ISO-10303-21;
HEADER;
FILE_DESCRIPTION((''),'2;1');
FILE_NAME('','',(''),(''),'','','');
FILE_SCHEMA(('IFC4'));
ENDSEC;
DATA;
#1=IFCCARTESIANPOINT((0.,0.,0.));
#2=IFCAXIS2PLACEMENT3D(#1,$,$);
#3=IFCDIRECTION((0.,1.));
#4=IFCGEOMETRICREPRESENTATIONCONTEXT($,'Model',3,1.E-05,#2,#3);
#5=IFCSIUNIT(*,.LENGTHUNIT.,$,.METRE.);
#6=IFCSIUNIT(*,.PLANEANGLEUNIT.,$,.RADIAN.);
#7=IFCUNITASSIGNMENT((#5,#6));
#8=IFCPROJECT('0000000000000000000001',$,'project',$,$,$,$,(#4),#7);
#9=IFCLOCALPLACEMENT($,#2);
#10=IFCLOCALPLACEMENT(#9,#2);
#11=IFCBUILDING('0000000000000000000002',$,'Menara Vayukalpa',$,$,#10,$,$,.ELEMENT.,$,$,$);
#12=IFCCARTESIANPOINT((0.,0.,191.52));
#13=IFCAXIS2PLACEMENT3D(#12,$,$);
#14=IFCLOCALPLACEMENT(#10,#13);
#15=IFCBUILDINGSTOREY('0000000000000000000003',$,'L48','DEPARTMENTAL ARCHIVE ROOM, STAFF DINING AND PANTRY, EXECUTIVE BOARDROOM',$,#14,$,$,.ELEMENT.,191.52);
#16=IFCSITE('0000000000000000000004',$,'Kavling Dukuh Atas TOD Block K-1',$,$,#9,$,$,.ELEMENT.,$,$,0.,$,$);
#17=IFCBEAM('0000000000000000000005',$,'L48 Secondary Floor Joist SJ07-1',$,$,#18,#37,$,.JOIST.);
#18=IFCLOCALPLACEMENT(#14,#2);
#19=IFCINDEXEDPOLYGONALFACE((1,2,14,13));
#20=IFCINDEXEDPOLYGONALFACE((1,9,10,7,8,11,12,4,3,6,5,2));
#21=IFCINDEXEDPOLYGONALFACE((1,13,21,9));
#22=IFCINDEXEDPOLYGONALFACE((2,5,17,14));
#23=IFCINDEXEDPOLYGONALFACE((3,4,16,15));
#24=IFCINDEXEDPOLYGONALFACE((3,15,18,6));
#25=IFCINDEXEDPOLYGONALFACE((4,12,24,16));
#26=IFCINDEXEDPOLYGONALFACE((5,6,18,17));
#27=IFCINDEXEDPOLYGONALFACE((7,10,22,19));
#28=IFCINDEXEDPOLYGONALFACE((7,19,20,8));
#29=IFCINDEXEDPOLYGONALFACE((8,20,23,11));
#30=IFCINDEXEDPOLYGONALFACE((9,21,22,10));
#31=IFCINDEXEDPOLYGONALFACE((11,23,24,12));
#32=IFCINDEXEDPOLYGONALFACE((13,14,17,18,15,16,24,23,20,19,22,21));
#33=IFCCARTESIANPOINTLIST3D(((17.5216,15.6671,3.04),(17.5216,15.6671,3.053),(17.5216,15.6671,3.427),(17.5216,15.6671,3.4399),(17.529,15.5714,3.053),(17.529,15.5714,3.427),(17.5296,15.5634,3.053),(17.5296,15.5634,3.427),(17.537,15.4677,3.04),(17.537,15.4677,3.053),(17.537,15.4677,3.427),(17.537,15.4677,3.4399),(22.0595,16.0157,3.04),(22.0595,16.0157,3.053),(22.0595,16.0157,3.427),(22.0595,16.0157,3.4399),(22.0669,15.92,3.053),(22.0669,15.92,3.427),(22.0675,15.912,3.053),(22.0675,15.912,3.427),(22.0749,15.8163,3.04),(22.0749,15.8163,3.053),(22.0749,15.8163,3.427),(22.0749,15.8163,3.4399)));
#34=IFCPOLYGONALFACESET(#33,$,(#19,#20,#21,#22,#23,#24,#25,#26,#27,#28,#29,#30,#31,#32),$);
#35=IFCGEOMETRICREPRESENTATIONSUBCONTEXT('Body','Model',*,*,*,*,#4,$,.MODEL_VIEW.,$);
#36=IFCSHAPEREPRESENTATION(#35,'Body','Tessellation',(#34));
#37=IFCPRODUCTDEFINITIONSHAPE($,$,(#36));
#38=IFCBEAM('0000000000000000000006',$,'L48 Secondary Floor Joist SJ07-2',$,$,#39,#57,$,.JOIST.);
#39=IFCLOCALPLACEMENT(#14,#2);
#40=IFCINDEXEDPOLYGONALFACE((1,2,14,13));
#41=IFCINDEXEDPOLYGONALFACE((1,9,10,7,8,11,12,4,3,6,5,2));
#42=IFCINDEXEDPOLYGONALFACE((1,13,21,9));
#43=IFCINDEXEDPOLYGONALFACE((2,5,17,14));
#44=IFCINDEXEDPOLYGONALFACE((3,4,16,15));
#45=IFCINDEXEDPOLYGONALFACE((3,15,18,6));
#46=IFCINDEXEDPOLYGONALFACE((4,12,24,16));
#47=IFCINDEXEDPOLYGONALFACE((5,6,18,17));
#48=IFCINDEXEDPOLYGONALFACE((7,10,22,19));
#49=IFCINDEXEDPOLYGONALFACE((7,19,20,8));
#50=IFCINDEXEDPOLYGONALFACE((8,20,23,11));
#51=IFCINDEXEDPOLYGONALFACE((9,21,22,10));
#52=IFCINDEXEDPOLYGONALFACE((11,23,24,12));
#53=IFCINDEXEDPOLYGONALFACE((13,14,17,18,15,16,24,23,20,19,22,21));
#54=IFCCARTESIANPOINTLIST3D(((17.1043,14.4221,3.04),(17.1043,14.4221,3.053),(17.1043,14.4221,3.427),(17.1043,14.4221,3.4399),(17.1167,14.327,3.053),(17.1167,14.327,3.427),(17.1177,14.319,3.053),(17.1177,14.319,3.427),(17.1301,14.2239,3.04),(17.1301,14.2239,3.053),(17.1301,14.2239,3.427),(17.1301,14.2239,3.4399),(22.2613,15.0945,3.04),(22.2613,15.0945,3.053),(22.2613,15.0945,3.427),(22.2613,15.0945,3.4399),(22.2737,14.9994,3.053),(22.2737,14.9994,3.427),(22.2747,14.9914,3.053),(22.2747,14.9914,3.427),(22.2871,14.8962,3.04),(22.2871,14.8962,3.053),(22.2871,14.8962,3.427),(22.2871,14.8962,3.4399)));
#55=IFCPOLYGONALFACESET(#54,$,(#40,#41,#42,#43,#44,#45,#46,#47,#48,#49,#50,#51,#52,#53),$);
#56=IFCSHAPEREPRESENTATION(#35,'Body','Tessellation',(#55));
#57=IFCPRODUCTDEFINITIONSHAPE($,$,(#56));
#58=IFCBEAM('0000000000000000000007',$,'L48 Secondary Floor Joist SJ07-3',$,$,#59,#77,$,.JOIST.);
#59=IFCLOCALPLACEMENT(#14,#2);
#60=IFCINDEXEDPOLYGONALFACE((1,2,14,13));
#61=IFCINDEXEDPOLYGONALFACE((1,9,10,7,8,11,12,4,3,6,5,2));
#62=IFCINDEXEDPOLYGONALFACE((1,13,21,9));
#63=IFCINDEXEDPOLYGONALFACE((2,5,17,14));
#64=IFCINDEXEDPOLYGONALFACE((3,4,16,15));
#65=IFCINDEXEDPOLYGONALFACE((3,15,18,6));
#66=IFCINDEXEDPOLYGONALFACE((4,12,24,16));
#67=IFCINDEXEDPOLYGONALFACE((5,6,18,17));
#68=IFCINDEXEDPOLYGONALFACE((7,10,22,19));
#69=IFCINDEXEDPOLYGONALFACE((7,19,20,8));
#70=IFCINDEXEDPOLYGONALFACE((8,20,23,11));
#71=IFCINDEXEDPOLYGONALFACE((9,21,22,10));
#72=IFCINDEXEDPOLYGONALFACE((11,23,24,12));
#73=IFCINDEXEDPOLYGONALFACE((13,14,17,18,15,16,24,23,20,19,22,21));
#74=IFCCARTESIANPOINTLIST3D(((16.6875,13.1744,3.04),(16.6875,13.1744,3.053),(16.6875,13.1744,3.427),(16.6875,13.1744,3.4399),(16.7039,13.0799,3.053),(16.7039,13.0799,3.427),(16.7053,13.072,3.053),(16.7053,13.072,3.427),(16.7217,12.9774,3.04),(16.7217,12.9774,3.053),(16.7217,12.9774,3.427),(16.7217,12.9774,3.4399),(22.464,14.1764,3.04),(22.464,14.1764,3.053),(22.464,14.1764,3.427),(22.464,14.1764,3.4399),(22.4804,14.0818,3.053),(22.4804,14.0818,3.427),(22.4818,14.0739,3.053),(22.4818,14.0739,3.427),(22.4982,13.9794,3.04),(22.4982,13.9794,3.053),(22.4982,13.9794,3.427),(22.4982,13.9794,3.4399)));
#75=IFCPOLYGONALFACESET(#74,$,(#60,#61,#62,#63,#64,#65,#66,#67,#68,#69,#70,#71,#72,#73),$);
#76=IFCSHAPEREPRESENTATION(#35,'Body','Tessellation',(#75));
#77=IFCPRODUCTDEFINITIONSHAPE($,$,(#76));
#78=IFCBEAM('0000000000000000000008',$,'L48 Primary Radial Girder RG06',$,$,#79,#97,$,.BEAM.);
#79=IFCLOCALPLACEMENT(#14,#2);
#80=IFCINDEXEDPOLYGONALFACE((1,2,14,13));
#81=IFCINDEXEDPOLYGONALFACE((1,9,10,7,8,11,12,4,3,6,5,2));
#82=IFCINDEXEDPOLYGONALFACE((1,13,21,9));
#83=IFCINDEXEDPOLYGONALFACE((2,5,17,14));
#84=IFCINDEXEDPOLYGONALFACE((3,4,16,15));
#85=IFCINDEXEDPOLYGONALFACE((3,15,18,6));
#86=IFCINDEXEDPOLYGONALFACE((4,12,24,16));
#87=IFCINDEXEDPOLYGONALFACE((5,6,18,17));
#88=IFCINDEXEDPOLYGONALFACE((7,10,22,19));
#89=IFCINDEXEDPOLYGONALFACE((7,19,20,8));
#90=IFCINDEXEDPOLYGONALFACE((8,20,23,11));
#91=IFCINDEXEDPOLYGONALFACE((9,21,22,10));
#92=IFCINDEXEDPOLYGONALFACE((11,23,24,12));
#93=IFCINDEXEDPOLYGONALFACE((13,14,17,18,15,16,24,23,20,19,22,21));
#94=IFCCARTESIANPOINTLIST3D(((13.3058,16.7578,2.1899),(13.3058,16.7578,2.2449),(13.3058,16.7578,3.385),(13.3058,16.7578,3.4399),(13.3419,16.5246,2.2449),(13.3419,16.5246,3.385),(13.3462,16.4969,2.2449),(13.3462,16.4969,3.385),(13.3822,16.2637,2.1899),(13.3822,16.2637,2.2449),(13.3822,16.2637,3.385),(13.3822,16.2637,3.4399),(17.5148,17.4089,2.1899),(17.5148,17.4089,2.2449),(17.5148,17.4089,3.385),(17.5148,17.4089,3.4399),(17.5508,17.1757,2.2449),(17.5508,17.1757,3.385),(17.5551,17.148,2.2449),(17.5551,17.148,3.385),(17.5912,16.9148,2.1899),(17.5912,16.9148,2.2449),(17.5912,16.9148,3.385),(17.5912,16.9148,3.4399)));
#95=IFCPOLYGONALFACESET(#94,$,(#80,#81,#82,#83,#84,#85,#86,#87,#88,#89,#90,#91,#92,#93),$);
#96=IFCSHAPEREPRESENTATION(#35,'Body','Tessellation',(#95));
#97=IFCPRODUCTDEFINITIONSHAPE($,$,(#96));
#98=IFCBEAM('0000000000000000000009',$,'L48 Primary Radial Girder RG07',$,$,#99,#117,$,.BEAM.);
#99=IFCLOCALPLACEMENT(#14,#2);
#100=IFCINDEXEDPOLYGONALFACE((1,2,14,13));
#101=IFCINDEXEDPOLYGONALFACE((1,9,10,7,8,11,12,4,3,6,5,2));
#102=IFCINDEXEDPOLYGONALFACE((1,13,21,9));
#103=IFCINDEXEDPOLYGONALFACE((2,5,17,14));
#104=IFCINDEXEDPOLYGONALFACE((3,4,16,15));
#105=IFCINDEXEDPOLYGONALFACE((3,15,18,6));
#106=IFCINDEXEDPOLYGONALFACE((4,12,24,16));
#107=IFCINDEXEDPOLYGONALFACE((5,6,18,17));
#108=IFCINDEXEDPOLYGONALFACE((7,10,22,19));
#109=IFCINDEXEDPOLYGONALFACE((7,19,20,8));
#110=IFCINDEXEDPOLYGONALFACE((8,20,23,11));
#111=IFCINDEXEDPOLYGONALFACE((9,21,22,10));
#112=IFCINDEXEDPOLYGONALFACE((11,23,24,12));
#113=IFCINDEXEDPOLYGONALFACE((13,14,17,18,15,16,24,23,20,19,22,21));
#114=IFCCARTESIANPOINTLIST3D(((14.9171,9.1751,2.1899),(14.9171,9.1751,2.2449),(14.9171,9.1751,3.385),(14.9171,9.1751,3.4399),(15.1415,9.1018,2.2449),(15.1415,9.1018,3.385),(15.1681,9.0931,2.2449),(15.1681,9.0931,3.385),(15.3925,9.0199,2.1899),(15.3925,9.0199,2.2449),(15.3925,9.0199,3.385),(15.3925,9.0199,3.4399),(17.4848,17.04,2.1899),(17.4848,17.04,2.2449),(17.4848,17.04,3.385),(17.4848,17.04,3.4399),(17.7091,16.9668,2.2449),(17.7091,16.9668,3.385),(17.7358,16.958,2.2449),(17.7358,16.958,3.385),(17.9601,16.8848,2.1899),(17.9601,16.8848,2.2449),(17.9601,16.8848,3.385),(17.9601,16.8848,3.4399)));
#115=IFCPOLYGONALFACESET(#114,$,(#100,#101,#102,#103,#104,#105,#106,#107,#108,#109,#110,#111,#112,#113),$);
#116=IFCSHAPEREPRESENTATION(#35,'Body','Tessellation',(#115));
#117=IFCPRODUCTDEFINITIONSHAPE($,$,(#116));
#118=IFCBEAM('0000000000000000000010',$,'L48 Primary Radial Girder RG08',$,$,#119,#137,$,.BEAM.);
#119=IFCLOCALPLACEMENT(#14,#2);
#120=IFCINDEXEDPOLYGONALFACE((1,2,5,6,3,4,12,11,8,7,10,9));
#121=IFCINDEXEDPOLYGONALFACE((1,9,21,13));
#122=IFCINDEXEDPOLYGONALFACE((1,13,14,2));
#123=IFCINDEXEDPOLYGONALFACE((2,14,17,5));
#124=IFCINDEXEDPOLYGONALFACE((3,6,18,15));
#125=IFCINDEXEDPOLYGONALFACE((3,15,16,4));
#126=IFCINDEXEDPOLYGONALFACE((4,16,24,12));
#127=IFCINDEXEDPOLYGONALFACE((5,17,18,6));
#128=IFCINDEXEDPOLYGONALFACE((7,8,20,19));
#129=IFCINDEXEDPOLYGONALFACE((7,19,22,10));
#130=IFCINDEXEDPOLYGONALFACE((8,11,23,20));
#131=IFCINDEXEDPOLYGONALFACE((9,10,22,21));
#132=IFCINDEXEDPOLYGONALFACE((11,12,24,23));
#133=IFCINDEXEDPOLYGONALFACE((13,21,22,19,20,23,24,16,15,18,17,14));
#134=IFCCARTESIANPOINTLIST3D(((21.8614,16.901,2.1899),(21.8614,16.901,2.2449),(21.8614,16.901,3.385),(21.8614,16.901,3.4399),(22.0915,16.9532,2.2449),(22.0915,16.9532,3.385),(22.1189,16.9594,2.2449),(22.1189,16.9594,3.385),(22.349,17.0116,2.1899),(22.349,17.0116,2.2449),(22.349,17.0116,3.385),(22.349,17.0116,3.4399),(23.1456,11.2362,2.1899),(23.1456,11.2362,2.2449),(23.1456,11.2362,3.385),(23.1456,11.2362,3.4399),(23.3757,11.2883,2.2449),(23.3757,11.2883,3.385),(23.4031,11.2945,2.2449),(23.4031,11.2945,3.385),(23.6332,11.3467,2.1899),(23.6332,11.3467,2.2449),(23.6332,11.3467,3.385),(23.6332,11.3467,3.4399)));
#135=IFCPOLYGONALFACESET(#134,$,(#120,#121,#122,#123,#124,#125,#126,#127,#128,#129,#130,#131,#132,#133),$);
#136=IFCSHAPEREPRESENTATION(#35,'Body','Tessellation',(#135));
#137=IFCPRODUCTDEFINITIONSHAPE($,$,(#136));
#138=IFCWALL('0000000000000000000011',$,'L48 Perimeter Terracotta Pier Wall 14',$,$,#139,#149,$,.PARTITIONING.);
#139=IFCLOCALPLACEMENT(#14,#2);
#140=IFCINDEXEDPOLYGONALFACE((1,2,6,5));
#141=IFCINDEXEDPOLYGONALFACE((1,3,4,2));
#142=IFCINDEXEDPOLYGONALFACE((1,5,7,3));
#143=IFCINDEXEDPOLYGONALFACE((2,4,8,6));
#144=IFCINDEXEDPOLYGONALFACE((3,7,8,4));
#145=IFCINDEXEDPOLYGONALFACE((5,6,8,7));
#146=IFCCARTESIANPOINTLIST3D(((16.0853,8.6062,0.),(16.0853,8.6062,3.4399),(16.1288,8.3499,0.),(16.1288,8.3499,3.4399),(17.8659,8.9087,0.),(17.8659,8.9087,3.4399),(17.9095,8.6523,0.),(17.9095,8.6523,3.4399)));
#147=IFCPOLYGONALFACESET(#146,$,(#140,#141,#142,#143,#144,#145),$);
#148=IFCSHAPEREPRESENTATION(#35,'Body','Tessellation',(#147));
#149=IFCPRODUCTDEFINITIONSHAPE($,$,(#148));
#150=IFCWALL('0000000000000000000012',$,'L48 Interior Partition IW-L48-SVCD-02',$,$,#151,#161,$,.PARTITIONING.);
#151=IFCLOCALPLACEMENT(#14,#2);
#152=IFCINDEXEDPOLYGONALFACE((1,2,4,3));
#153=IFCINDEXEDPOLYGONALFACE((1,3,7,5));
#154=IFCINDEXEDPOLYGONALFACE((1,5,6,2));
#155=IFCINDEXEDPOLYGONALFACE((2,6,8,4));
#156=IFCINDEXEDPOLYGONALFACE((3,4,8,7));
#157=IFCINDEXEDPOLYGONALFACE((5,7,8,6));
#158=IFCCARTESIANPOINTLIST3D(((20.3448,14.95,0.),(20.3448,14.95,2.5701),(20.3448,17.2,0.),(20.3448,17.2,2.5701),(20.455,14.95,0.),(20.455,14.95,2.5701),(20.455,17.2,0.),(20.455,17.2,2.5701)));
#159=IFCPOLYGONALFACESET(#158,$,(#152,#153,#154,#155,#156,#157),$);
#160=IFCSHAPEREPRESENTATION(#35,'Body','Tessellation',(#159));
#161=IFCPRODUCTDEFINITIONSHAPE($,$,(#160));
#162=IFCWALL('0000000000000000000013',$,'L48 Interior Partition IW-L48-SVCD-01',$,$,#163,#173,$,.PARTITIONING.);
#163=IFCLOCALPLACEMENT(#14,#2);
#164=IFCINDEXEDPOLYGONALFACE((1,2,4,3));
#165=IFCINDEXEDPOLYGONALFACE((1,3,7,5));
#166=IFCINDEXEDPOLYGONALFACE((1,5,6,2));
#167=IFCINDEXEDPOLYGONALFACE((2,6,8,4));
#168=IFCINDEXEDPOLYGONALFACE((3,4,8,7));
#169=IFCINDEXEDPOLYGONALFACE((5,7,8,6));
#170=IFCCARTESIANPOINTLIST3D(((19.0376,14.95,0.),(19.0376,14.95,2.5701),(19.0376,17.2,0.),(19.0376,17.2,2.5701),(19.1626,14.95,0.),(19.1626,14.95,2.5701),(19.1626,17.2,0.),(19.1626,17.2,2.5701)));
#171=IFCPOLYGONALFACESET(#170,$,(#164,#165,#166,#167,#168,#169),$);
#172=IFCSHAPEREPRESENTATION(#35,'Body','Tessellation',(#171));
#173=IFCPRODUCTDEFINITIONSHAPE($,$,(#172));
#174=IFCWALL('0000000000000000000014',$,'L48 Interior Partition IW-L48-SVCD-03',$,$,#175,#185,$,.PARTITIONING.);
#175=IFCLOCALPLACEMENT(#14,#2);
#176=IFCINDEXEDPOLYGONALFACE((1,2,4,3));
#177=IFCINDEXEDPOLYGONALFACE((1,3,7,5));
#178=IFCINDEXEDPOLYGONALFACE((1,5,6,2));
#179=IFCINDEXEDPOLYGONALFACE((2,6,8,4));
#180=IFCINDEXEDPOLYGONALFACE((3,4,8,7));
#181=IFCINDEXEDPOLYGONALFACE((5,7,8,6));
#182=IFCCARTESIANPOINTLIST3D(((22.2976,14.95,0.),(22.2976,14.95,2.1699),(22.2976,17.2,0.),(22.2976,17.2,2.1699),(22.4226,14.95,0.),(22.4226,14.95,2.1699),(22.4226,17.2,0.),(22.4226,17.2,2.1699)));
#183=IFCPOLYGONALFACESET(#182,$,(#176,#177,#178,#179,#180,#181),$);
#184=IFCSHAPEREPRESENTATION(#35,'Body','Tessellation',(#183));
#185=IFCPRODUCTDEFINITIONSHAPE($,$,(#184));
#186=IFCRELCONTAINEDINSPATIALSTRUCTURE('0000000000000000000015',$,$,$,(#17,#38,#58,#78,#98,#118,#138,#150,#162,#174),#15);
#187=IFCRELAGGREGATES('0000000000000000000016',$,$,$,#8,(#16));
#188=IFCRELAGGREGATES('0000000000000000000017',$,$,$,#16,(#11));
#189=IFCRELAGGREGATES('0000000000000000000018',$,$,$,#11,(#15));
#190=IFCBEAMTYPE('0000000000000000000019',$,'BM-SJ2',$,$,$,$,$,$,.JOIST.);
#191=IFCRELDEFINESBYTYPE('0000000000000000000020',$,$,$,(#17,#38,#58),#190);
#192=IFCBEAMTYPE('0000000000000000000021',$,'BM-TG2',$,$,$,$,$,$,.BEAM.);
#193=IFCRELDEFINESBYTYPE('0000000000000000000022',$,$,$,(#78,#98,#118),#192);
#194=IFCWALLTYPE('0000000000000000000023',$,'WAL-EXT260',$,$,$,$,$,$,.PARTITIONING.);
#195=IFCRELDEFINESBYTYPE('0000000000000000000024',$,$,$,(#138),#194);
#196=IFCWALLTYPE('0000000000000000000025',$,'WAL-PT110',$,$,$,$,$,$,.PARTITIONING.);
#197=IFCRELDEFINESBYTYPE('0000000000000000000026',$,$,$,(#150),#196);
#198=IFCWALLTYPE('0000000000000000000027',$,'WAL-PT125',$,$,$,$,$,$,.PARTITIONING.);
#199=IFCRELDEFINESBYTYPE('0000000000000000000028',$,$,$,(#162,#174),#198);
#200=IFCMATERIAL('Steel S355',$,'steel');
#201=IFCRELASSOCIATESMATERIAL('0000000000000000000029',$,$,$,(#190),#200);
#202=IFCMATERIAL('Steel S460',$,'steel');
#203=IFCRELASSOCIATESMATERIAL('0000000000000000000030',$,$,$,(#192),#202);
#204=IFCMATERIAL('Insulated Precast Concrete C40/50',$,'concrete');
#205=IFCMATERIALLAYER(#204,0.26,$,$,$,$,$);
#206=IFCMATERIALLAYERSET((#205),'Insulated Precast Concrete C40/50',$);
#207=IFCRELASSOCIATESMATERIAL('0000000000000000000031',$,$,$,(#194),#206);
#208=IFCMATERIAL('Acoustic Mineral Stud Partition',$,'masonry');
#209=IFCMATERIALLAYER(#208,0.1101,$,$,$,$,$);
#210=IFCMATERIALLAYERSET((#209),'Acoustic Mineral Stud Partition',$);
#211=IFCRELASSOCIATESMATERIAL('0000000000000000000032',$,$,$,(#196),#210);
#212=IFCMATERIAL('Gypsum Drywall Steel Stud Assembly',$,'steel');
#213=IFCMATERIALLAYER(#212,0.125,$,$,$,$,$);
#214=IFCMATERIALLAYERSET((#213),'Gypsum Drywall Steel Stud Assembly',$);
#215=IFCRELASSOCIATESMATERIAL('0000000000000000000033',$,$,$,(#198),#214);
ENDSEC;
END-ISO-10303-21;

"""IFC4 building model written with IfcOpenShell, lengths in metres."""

from ifc_helpers import new_model, si_unit, direction, frame, frame_2d, origin, origin_2d, place, context, subcontext, project, spatial, rectangle, i_section, extrude, material, layer, layer_set, material_profile, profile_set, type_object, element, save


model = new_model("IFC4")

# Units and contexts
model_context = context("Model", 3, precision=1e-05, world=origin(), true_north=direction((0.0, 1.0)))
body_context = subcontext(model_context, "Body", "Model", "MODEL_VIEW")
ifc_project = project(units=[si_unit("LENGTHUNIT", "METRE"), si_unit("PLANEANGLEUNIT", "RADIAN")], contexts=[model_context])

# Site, building, storey
site_placement = place(None, origin())
site = spatial("IfcSite", under=ifc_project, at=site_placement, Name="Kavling Dukuh Atas TOD Block K-1", CompositionType="ELEMENT", RefElevation=0.0)
building_placement = place(site_placement, origin())
building = spatial("IfcBuilding", under=site, at=building_placement, Name="Menara Vayukalpa", CompositionType="ELEMENT")
storey_placement = place(building_placement, frame((0.0, 0.0, 191.52)))
storey = spatial("IfcBuildingStorey", under=building, at=storey_placement, Name="L48", Description="DEPARTMENTAL ARCHIVE ROOM, STAFF DINING AND PANTRY, EXECUTIVE BOARDROOM", CompositionType="ELEMENT", Elevation=191.52)

# Beams
ifc_material_1 = material(Name="Steel S355", Category="steel")
ifc_material_profile_1 = material_profile(ifc_material_1, i_section(OverallWidth=0.2, OverallDepth=0.3999, WebThickness=0.0081, FlangeThickness=0.0129, at=origin_2d()), Name="WF 400x200x8x13")
ifc_profile_set_1 = profile_set([ifc_material_profile_1], Name="Steel S355")
beam_type_1 = type_object("IfcBeamType", Name="BM-SJ2", PredefinedType="JOIST", material=ifc_profile_set_1)
beam_1_placement = place(storey_placement, frame((17.5293, 15.5674, 3.24), z_axis=(0.997062, 0.076602, 0.0), x_axis=(-0.076602, 0.997062, 0.0)))
element("IfcBeam", 1, at=beam_1_placement, inside=storey, type_object=beam_type_1, Name="L48 Secondary Floor Joist SJ07-1", PredefinedType="JOIST", context=body_context, shape_type="SweptSolid", body=[
    extrude(i_section(OverallWidth=0.2, OverallDepth=0.3999, WebThickness=0.0081, FlangeThickness=0.0129, at=origin_2d()), origin(), (0.0, 0.0, 1.0), 4.5513),
])
beam_2_placement = place(storey_placement, frame((17.1172, 14.323, 3.24), z_axis=(0.991607, 0.129285, 0.0), x_axis=(-0.129285, 0.991607, 0.0)))
element("IfcBeam", 2, at=beam_2_placement, inside=storey, type_object=beam_type_1, Name="L48 Secondary Floor Joist SJ07-2", PredefinedType="JOIST", context=body_context, shape_type="SweptSolid", body=[
    extrude(i_section(OverallWidth=0.2, OverallDepth=0.3999, WebThickness=0.0081, FlangeThickness=0.0129, at=origin_2d()), origin(), (0.0, 0.0, 1.0), 5.2007),
])
beam_3_placement = place(storey_placement, frame((16.7046, 13.0759, 3.24), z_axis=(0.985289, 0.170898, 0.0), x_axis=(-0.170898, 0.985289, 0.0)))
element("IfcBeam", 3, at=beam_3_placement, inside=storey, type_object=beam_type_1, Name="L48 Secondary Floor Joist SJ07-3", PredefinedType="JOIST", context=body_context, shape_type="SweptSolid", body=[
    extrude(i_section(OverallWidth=0.2, OverallDepth=0.3999, WebThickness=0.0081, FlangeThickness=0.0129, at=origin_2d()), origin(), (0.0, 0.0, 1.0), 5.8628),
])
ifc_material_2 = material(Name="Steel S460", Category="steel")
ifc_material_profile_2 = material_profile(ifc_material_2, i_section(OverallWidth=0.5, OverallDepth=1.25, WebThickness=0.0281, FlangeThickness=0.0549, at=origin_2d()), Name="WG 1250x500x28x55")
ifc_profile_set_2 = profile_set([ifc_material_profile_2], Name="Steel S460")
beam_type_2 = type_object("IfcBeamType", Name="BM-TG2", PredefinedType="BEAM", material=ifc_profile_set_2)
beam_4_placement = place(storey_placement, frame((17.553, 17.1619, 2.8149), z_axis=(-0.988245, -0.15288, 0.0), x_axis=(0.15288, -0.988245, 0.0)))
element("IfcBeam", 4, at=beam_4_placement, inside=storey, type_object=beam_type_2, Name="L48 Primary Radial Girder RG06", PredefinedType="BEAM", context=body_context, shape_type="SweptSolid", body=[
    extrude(i_section(OverallWidth=0.5, OverallDepth=1.25, WebThickness=0.0281, FlangeThickness=0.0549, at=origin_2d()), origin(), (0.0, 0.0, 1.0), 4.259),
])
beam_5_placement = place(storey_placement, frame((17.7224, 16.9624, 2.8149), z_axis=(-0.310344, -0.950624, 0.0), x_axis=(0.950624, -0.310344, 0.0)))
element("IfcBeam", 5, at=beam_5_placement, inside=storey, type_object=beam_type_2, Name="L48 Primary Radial Girder RG07", PredefinedType="BEAM", context=body_context, shape_type="SweptSolid", body=[
    extrude(i_section(OverallWidth=0.5, OverallDepth=1.25, WebThickness=0.0281, FlangeThickness=0.0549, at=origin_2d()), origin(), (0.0, 0.0, 1.0), 8.2734),
])
beam_6_placement = place(storey_placement, frame((22.1052, 16.9563, 2.8149), z_axis=(0.221085, -0.975255, 0.0), x_axis=(0.975255, 0.221085, 0.0)))
element("IfcBeam", 6, at=beam_6_placement, inside=storey, type_object=beam_type_2, Name="L48 Primary Radial Girder RG08", PredefinedType="BEAM", context=body_context, shape_type="SweptSolid", body=[
    extrude(i_section(OverallWidth=0.5, OverallDepth=1.25, WebThickness=0.0281, FlangeThickness=0.0549, at=origin_2d()), origin(), (0.0, 0.0, 1.0), 5.8086),
])

# Walls
ifc_material_3 = material(Name="Insulated Precast Concrete C40/50", Category="concrete")
ifc_layer_1 = layer(ifc_material_3, 0.26)
ifc_layer_set_1 = layer_set([ifc_layer_1], Name="Insulated Precast Concrete C40/50")
wall_type_1 = type_object("IfcWallType", Name="WAL-EXT260", PredefinedType="PARTITIONING", material=ifc_layer_set_1)
wall_1_placement = place(storey_placement, frame((17.8877, 8.7805, 0.0), z_axis=(0.0, 0.0, 1.0), x_axis=(-0.985878, -0.167467, 0.0)))
element("IfcWall", 7, at=wall_1_placement, inside=storey, type_object=wall_type_1, Name="L48 Perimeter Terracotta Pier Wall 14", PredefinedType="PARTITIONING", context=body_context, shape_type="SweptSolid", body=[
    extrude(rectangle(XDim=1.8062, YDim=0.26, at=frame_2d((0.9031, 0.0))), origin(), (0.0, 0.0, 1.0), 3.4399),
])
ifc_material_4 = material(Name="Acoustic Mineral Stud Partition", Category="masonry")
ifc_layer_2 = layer(ifc_material_4, 0.1101)
ifc_layer_set_2 = layer_set([ifc_layer_2], Name="Acoustic Mineral Stud Partition")
wall_type_2 = type_object("IfcWallType", Name="WAL-PT110", PredefinedType="PARTITIONING", material=ifc_layer_set_2)
wall_2_placement = place(storey_placement, frame((20.3999, 14.95, 0.0), z_axis=(0.0, 0.0, 1.0), x_axis=(0.0, 1.0, 0.0)))
element("IfcWall", 8, at=wall_2_placement, inside=storey, type_object=wall_type_2, Name="L48 Interior Partition IW-L48-SVCD-02", PredefinedType="PARTITIONING", context=body_context, shape_type="SweptSolid", body=[
    extrude(rectangle(XDim=2.25, YDim=0.1101, at=frame_2d((1.125, 0.0))), origin(), (0.0, 0.0, 1.0), 2.5701),
])
ifc_material_5 = material(Name="Gypsum Drywall Steel Stud Assembly", Category="steel")
ifc_layer_3 = layer(ifc_material_5, 0.125)
ifc_layer_set_3 = layer_set([ifc_layer_3], Name="Gypsum Drywall Steel Stud Assembly")
wall_type_3 = type_object("IfcWallType", Name="WAL-PT125", PredefinedType="PARTITIONING", material=ifc_layer_set_3)
wall_3_placement = place(storey_placement, frame((19.1001, 14.95, 0.0), z_axis=(0.0, 0.0, 1.0), x_axis=(0.0, 1.0, 0.0)))
element("IfcWall", 9, at=wall_3_placement, inside=storey, type_object=wall_type_3, Name="L48 Interior Partition IW-L48-SVCD-01", PredefinedType="PARTITIONING", context=body_context, shape_type="SweptSolid", body=[
    extrude(rectangle(XDim=2.25, YDim=0.125, at=frame_2d((1.125, 0.0))), origin(), (0.0, 0.0, 1.0), 2.5701),
])
wall_4_placement = place(storey_placement, frame((22.3601, 14.95, 0.0), z_axis=(0.0, 0.0, 1.0), x_axis=(0.0, 1.0, 0.0)))
element("IfcWall", 10, at=wall_4_placement, inside=storey, type_object=wall_type_3, Name="L48 Interior Partition IW-L48-SVCD-03", PredefinedType="PARTITIONING", context=body_context, shape_type="SweptSolid", body=[
    extrude(rectangle(XDim=2.25, YDim=0.125, at=frame_2d((1.125, 0.0))), origin(), (0.0, 0.0, 1.0), 2.1699),
])

save(model, "model.ifc")
